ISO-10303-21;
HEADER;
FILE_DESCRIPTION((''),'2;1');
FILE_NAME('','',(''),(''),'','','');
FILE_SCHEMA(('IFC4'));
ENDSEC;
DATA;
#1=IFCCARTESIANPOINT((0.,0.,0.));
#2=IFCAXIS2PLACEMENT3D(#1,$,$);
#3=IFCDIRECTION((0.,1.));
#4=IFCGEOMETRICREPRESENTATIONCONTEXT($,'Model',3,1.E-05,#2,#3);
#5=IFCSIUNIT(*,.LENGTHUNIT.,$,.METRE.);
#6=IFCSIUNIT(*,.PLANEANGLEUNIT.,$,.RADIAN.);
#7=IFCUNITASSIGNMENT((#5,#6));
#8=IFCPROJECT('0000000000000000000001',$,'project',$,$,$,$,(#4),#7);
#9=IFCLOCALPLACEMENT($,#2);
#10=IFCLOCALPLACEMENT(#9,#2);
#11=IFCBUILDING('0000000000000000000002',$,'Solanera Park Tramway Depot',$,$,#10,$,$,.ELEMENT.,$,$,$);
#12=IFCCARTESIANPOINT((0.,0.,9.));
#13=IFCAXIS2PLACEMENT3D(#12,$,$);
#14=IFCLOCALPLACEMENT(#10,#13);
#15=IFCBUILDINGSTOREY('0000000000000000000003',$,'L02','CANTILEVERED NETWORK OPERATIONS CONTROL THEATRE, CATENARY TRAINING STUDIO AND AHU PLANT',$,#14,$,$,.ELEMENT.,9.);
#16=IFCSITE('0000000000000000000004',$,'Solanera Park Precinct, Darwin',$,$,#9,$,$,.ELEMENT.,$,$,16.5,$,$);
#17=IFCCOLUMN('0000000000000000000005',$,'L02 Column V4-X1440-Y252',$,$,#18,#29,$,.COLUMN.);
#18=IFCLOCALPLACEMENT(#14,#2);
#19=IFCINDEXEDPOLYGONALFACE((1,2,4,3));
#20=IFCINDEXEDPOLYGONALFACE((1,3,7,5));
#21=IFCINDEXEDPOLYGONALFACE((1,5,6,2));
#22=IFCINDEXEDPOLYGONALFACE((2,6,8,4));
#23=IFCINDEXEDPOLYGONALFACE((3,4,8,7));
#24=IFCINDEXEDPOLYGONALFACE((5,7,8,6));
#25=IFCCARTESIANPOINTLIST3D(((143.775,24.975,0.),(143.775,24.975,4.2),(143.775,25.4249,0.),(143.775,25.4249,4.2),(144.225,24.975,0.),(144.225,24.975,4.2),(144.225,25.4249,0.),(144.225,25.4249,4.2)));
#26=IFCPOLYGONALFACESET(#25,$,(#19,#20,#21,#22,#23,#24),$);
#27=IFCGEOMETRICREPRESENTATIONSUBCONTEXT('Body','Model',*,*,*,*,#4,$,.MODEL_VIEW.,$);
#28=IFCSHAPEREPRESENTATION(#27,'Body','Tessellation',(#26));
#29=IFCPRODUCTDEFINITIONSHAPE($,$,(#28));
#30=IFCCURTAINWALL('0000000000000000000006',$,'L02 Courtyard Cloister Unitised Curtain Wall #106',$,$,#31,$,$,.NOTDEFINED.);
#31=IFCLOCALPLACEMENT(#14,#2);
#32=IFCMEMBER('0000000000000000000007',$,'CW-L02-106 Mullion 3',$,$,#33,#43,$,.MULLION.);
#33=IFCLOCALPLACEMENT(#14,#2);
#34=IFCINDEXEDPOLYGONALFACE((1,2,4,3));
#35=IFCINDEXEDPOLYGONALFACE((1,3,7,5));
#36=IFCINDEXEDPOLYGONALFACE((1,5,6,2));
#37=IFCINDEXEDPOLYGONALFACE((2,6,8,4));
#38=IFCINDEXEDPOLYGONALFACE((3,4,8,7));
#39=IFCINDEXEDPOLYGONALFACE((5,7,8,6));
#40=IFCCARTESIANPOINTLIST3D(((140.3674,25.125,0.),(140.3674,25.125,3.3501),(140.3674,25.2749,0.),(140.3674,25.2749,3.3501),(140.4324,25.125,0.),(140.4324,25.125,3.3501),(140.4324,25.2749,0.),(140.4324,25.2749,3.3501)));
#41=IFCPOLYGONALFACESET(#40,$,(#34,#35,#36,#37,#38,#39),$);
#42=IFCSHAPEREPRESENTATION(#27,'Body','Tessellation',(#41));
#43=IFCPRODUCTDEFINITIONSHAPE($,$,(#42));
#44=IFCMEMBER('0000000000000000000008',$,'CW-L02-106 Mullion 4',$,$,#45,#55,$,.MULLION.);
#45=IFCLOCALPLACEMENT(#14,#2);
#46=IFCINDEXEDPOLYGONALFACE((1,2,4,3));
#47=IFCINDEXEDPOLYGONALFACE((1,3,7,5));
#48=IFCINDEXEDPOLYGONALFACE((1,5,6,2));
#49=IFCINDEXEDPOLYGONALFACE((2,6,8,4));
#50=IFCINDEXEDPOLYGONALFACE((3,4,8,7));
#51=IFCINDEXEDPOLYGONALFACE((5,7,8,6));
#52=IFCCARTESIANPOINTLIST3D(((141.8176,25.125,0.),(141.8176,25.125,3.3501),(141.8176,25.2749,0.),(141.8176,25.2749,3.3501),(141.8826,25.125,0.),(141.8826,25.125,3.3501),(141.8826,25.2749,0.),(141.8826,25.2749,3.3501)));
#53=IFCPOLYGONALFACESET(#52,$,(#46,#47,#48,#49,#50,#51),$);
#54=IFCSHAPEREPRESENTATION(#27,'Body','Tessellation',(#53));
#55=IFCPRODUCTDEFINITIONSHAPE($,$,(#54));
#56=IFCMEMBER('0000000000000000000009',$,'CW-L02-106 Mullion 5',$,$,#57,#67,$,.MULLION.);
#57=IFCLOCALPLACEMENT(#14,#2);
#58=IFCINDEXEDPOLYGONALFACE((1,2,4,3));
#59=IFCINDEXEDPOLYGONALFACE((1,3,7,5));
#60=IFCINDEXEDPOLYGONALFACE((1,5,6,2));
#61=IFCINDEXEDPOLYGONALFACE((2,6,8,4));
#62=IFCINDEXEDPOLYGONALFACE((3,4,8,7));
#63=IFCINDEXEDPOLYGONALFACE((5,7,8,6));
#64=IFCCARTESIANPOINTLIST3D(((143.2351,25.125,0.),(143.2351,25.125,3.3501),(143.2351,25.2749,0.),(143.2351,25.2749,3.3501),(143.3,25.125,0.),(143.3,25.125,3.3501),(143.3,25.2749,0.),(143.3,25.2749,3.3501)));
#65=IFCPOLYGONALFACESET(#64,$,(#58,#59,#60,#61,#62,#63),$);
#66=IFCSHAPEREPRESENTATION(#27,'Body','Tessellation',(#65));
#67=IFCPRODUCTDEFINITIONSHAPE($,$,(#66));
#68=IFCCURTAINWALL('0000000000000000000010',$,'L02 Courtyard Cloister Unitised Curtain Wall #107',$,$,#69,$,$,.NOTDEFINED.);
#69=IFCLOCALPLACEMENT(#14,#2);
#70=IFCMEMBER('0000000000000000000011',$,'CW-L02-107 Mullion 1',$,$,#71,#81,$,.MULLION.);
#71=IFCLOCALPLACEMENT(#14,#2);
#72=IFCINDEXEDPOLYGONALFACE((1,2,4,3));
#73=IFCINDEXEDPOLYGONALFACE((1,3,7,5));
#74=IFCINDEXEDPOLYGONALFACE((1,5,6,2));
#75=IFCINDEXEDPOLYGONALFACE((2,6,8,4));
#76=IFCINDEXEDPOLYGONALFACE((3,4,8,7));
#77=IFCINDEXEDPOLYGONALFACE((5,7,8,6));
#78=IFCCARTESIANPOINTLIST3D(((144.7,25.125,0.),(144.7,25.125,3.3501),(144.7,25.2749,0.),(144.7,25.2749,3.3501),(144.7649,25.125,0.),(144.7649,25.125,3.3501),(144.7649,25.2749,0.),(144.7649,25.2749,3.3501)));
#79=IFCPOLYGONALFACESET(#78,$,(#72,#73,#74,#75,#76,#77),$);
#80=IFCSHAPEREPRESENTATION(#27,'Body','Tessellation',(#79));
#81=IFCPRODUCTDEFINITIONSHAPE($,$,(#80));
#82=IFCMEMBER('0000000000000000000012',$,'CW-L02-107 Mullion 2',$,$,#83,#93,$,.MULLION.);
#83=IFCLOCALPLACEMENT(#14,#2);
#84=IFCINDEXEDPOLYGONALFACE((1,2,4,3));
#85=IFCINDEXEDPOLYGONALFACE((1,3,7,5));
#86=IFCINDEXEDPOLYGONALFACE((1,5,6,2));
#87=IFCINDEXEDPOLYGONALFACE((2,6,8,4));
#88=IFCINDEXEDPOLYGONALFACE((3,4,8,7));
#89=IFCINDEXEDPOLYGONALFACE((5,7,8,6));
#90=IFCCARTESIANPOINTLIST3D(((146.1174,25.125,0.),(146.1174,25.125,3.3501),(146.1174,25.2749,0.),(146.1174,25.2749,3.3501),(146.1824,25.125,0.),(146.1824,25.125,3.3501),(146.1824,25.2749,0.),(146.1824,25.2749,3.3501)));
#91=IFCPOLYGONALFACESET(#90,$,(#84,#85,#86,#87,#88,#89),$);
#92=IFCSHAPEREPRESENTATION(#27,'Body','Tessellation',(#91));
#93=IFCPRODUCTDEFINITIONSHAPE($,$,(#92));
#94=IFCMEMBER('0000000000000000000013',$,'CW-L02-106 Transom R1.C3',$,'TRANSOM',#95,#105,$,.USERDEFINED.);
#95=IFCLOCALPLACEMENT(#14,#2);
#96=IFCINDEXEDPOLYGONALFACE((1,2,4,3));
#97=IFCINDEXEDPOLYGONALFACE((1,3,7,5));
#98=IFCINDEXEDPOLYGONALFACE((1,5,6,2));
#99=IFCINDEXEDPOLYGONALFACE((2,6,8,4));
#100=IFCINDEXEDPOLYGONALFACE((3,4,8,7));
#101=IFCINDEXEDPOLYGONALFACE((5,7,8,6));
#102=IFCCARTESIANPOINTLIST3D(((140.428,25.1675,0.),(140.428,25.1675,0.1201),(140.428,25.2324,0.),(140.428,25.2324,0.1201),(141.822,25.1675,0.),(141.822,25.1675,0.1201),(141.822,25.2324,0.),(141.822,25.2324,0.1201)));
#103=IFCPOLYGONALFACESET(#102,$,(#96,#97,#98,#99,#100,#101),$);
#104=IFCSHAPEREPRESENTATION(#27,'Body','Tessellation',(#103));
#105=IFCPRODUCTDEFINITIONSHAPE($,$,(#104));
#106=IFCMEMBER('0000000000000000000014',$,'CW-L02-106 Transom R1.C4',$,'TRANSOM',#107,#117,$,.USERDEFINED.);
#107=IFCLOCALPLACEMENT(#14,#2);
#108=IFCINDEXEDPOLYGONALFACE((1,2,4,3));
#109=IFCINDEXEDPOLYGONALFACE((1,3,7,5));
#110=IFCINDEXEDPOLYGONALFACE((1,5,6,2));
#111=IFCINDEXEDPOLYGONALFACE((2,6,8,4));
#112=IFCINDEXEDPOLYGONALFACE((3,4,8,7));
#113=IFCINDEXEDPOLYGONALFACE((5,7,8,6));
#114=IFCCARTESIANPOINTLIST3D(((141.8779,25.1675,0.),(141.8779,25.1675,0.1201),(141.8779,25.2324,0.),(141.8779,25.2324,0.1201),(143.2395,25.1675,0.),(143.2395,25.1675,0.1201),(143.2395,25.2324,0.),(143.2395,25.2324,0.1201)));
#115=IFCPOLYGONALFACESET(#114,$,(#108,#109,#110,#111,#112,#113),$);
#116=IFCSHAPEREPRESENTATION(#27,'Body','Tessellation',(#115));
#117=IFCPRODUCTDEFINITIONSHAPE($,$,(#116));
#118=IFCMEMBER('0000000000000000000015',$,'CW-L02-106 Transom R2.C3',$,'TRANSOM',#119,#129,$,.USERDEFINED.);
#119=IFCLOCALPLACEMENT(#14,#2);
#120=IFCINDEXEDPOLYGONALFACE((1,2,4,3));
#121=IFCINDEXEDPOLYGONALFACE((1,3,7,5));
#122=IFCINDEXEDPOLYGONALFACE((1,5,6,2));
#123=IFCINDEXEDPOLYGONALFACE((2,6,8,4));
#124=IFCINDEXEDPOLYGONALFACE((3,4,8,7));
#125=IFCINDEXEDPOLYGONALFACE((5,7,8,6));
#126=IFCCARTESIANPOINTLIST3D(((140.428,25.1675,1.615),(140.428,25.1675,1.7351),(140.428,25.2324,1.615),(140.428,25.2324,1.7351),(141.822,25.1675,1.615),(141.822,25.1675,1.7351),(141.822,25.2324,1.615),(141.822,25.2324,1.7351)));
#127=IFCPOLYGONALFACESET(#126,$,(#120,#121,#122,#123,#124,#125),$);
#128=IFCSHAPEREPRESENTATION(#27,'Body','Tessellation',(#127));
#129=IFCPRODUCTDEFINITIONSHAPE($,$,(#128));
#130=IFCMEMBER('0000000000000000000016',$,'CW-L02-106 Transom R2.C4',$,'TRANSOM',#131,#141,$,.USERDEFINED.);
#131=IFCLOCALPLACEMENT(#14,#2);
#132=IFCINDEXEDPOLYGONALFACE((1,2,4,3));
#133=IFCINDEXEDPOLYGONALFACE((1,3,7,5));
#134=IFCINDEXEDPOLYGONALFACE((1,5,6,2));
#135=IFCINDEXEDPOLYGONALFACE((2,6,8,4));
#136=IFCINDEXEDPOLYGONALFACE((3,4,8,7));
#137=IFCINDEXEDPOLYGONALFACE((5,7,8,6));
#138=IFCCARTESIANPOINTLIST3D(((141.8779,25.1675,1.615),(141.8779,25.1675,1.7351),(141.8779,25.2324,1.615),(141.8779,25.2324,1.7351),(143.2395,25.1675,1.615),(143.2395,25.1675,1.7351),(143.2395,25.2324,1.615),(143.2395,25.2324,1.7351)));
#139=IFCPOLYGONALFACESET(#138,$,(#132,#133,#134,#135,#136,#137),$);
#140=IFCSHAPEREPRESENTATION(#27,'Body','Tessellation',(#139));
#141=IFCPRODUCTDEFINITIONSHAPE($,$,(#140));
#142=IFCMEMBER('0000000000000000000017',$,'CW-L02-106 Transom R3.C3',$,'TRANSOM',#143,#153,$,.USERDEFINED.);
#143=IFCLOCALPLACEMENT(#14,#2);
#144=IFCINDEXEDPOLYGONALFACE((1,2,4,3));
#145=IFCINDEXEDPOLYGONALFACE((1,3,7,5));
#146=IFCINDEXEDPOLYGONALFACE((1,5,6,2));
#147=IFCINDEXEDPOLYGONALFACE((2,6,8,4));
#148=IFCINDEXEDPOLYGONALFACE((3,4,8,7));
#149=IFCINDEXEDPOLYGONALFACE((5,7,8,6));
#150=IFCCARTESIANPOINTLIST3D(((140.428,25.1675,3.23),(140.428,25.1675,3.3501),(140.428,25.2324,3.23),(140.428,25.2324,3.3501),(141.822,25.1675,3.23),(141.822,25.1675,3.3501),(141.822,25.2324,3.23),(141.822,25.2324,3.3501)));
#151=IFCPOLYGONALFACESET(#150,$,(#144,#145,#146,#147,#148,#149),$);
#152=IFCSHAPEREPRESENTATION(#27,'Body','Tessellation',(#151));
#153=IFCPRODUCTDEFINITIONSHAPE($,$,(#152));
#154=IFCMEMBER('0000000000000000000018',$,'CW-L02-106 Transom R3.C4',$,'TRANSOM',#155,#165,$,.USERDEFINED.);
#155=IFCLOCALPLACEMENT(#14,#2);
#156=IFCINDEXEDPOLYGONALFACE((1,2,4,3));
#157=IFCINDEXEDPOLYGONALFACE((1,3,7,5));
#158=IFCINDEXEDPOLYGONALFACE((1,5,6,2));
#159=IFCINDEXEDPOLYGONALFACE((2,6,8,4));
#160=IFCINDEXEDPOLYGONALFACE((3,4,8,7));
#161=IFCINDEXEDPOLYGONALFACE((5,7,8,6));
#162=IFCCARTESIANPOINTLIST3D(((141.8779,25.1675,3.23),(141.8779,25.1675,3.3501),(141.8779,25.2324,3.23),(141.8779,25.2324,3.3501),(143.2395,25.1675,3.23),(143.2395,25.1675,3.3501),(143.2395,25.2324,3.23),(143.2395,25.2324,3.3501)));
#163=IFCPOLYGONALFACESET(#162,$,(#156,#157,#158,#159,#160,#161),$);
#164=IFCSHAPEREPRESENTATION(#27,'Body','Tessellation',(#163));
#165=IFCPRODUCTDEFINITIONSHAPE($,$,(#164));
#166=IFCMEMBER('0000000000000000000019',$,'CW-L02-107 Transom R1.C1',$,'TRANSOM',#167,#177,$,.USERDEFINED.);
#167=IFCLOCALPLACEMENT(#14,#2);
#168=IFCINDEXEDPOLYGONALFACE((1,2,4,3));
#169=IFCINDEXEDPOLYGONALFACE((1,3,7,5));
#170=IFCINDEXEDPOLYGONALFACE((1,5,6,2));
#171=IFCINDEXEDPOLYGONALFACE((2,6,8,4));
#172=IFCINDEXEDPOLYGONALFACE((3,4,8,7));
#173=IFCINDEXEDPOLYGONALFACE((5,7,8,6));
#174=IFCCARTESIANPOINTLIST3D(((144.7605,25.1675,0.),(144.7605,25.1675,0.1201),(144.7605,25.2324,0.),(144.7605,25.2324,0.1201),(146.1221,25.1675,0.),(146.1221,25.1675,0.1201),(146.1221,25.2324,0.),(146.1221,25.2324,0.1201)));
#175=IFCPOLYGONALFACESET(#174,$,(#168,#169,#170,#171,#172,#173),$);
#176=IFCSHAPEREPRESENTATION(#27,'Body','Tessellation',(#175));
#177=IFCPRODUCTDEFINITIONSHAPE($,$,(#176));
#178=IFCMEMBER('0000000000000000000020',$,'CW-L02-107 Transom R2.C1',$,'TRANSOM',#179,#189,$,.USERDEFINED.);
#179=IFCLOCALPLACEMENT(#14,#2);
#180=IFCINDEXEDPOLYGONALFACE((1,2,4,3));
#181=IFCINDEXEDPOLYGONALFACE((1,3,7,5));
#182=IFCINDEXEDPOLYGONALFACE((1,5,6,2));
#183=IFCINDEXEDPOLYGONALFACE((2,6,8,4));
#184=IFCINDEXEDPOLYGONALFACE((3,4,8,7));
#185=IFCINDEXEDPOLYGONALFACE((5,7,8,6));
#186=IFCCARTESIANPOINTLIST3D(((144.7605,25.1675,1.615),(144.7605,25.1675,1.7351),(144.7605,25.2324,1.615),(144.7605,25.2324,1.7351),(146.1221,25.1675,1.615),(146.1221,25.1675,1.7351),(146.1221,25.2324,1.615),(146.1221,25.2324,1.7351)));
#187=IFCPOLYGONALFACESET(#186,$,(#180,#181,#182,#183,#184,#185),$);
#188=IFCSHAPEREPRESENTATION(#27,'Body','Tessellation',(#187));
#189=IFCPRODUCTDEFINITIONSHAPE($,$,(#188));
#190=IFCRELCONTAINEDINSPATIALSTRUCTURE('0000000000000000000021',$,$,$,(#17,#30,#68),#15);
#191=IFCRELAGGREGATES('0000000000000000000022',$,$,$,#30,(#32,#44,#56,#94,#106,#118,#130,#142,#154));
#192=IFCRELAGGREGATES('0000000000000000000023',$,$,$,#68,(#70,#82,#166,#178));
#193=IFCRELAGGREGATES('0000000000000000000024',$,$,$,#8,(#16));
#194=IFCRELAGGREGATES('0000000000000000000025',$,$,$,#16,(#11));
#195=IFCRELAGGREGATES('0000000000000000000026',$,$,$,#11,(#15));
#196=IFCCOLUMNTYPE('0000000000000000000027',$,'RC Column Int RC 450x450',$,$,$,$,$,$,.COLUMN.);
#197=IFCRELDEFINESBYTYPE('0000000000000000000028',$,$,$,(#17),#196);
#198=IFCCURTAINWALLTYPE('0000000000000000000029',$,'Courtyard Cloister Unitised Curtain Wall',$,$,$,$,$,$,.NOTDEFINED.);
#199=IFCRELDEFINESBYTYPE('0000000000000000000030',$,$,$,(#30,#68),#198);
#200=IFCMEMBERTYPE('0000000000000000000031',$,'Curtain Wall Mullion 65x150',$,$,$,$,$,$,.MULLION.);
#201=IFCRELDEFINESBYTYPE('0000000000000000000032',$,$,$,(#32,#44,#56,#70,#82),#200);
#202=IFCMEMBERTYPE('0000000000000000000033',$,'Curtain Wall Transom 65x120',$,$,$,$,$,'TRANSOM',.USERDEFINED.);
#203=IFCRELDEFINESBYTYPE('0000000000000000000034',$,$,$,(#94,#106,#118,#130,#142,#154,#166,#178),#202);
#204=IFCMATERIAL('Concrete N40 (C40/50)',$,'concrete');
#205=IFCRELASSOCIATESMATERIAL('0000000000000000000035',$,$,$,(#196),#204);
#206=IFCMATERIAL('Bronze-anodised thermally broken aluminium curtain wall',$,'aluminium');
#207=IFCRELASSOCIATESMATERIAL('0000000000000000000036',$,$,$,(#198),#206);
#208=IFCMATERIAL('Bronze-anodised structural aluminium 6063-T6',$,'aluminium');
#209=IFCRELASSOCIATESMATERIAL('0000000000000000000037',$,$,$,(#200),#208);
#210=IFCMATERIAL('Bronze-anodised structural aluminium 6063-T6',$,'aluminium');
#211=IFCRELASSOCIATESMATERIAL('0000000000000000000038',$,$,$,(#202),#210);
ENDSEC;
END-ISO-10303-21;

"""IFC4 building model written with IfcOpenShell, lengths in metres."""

from ifc_helpers import new_model, si_unit, direction, frame, origin, origin_2d, place, context, subcontext, project, spatial, rectangle, extrude, material, material_profile, profile_set, type_object, element, aggregate, save


model = new_model("IFC4")

# Units and contexts
model_context = context("Model", 3, precision=1e-05, world=origin(), true_north=direction((0.0, 1.0)))
body_context = subcontext(model_context, "Body", "Model", "MODEL_VIEW")
ifc_project = project(units=[si_unit("LENGTHUNIT", "METRE"), si_unit("PLANEANGLEUNIT", "RADIAN")], contexts=[model_context])

# Site, building, storey
site_placement = place(None, origin())
site = spatial("IfcSite", under=ifc_project, at=site_placement, Name="Solanera Park Precinct, Darwin", CompositionType="ELEMENT", RefElevation=16.5)
building_placement = place(site_placement, origin())
building = spatial("IfcBuilding", under=site, at=building_placement, Name="Solanera Park Tramway Depot", CompositionType="ELEMENT")
storey_placement = place(building_placement, frame((0.0, 0.0, 9.0)))
storey = spatial("IfcBuildingStorey", under=building, at=storey_placement, Name="L02", Description="CANTILEVERED NETWORK OPERATIONS CONTROL THEATRE, CATENARY TRAINING STUDIO AND AHU PLANT", CompositionType="ELEMENT", Elevation=9.0)

# Column
ifc_material_1 = material(Name="Concrete N40 (C40/50)", Category="concrete")
ifc_material_profile_1 = material_profile(ifc_material_1, rectangle(XDim=0.45, YDim=0.45, at=origin_2d()), Name="RC 450x450")
ifc_profile_set_1 = profile_set([ifc_material_profile_1], Name="Concrete N40 (C40/50)")
column_type = type_object("IfcColumnType", Name="RC Column Int RC 450x450", PredefinedType="COLUMN", material=ifc_profile_set_1)
column_placement = place(storey_placement, frame((144.0, 25.2, 0.0), z_axis=(0.0, 0.0, 1.0), x_axis=(1.0, 0.0, 0.0)))
element("IfcColumn", 1, at=column_placement, inside=storey, type_object=column_type, Name="L02 Column V4-X1440-Y252", PredefinedType="COLUMN", context=body_context, shape_type="SweptSolid", body=[
    extrude(rectangle(XDim=0.45, YDim=0.45, at=origin_2d()), origin(), (0.0, 0.0, 1.0), 4.2),
])

# Curtain walls, members
ifc_material_2 = material(Name="Bronze-anodised thermally broken aluminium curtain wall", Category="aluminium")
curtain_wall_type = type_object("IfcCurtainWallType", Name="Courtyard Cloister Unitised Curtain Wall", PredefinedType="NOTDEFINED", material=ifc_material_2)
curtain_wall_1_placement = place(storey_placement, origin())
curtain_wall_1 = element("IfcCurtainWall", 2, at=curtain_wall_1_placement, inside=storey, type_object=curtain_wall_type, Name="L02 Courtyard Cloister Unitised Curtain Wall #106", PredefinedType="NOTDEFINED")
ifc_material_3 = material(Name="Bronze-anodised structural aluminium 6063-T6", Category="aluminium")
ifc_material_profile_2 = material_profile(ifc_material_3, rectangle(XDim=0.0649, YDim=0.1499, at=origin_2d()), Name="Curtain Wall Mullion 65x150")
ifc_profile_set_2 = profile_set([ifc_material_profile_2], Name="Bronze-anodised structural aluminium 6063-T6")
member_type_1 = type_object("IfcMemberType", Name="Curtain Wall Mullion 65x150", PredefinedType="MULLION", material=ifc_profile_set_2)
member_1_placement = place(storey_placement, frame((140.3999, 25.2, 0.0), z_axis=(0.0, 0.0, 1.0), x_axis=(1.0, 0.0, 0.0)))
member_1 = element("IfcMember", 3, at=member_1_placement, type_object=member_type_1, Name="CW-L02-106 Mullion 3", PredefinedType="MULLION", context=body_context, shape_type="SweptSolid", body=[
    extrude(rectangle(XDim=0.0649, YDim=0.1499, at=origin_2d()), origin(), (0.0, 0.0, 1.0), 3.3501),
])
member_2_placement = place(storey_placement, frame((141.8501, 25.2, 0.0), z_axis=(0.0, 0.0, 1.0), x_axis=(1.0, 0.0, 0.0)))
member_2 = element("IfcMember", 4, at=member_2_placement, type_object=member_type_1, Name="CW-L02-106 Mullion 4", PredefinedType="MULLION", context=body_context, shape_type="SweptSolid", body=[
    extrude(rectangle(XDim=0.0649, YDim=0.1499, at=origin_2d()), origin(), (0.0, 0.0, 1.0), 3.3501),
])
member_3_placement = place(storey_placement, frame((143.2676, 25.2, 0.0), z_axis=(0.0, 0.0, 1.0), x_axis=(1.0, 0.0, 0.0)))
member_3 = element("IfcMember", 5, at=member_3_placement, type_object=member_type_1, Name="CW-L02-106 Mullion 5", PredefinedType="MULLION", context=body_context, shape_type="SweptSolid", body=[
    extrude(rectangle(XDim=0.0649, YDim=0.1499, at=origin_2d()), origin(), (0.0, 0.0, 1.0), 3.3501),
])
curtain_wall_2_placement = place(storey_placement, origin())
curtain_wall_2 = element("IfcCurtainWall", 6, at=curtain_wall_2_placement, inside=storey, type_object=curtain_wall_type, Name="L02 Courtyard Cloister Unitised Curtain Wall #107", PredefinedType="NOTDEFINED")
member_4_placement = place(storey_placement, frame((144.7324, 25.2, 0.0), z_axis=(0.0, 0.0, 1.0), x_axis=(1.0, 0.0, 0.0)))
member_4 = element("IfcMember", 7, at=member_4_placement, type_object=member_type_1, Name="CW-L02-107 Mullion 1", PredefinedType="MULLION", context=body_context, shape_type="SweptSolid", body=[
    extrude(rectangle(XDim=0.0649, YDim=0.1499, at=origin_2d()), origin(), (0.0, 0.0, 1.0), 3.3501),
])
member_5_placement = place(storey_placement, frame((146.1499, 25.2, 0.0), z_axis=(0.0, 0.0, 1.0), x_axis=(1.0, 0.0, 0.0)))
member_5 = element("IfcMember", 8, at=member_5_placement, type_object=member_type_1, Name="CW-L02-107 Mullion 2", PredefinedType="MULLION", context=body_context, shape_type="SweptSolid", body=[
    extrude(rectangle(XDim=0.0649, YDim=0.1499, at=origin_2d()), origin(), (0.0, 0.0, 1.0), 3.3501),
])

# Members
ifc_material_4 = material(Name="Bronze-anodised structural aluminium 6063-T6", Category="aluminium")
ifc_material_profile_3 = material_profile(ifc_material_4, rectangle(XDim=0.0649, YDim=0.1201, at=origin_2d()), Name="Curtain Wall Transom 65x120")
ifc_profile_set_3 = profile_set([ifc_material_profile_3], Name="Bronze-anodised structural aluminium 6063-T6")
member_type_2 = type_object("IfcMemberType", Name="Curtain Wall Transom 65x120", ElementType="TRANSOM", PredefinedType="USERDEFINED", material=ifc_profile_set_3)
member_6_placement = place(storey_placement, frame((140.428, 25.2, 0.0601), z_axis=(1.0, 0.0, 0.0), x_axis=(0.0, 1.0, 0.0)))
member_6 = element("IfcMember", 9, at=member_6_placement, type_object=member_type_2, Name="CW-L02-106 Transom R1.C3", ObjectType="TRANSOM", PredefinedType="USERDEFINED", context=body_context, shape_type="SweptSolid", body=[
    extrude(rectangle(XDim=0.0649, YDim=0.1201, at=origin_2d()), origin(), (0.0, 0.0, 1.0), 1.394),
])
member_7_placement = place(storey_placement, frame((141.8779, 25.2, 0.0601), z_axis=(1.0, 0.0, 0.0), x_axis=(0.0, 1.0, 0.0)))
member_7 = element("IfcMember", 10, at=member_7_placement, type_object=member_type_2, Name="CW-L02-106 Transom R1.C4", ObjectType="TRANSOM", PredefinedType="USERDEFINED", context=body_context, shape_type="SweptSolid", body=[
    extrude(rectangle(XDim=0.0649, YDim=0.1201, at=origin_2d()), origin(), (0.0, 0.0, 1.0), 1.3616),
])
member_8_placement = place(storey_placement, frame((140.428, 25.2, 1.675), z_axis=(1.0, 0.0, 0.0), x_axis=(0.0, 1.0, 0.0)))
member_8 = element("IfcMember", 11, at=member_8_placement, type_object=member_type_2, Name="CW-L02-106 Transom R2.C3", ObjectType="TRANSOM", PredefinedType="USERDEFINED", context=body_context, shape_type="SweptSolid", body=[
    extrude(rectangle(XDim=0.0649, YDim=0.1201, at=origin_2d()), origin(), (0.0, 0.0, 1.0), 1.394),
])
member_9_placement = place(storey_placement, frame((141.8779, 25.2, 1.675), z_axis=(1.0, 0.0, 0.0), x_axis=(0.0, 1.0, 0.0)))
member_9 = element("IfcMember", 12, at=member_9_placement, type_object=member_type_2, Name="CW-L02-106 Transom R2.C4", ObjectType="TRANSOM", PredefinedType="USERDEFINED", context=body_context, shape_type="SweptSolid", body=[
    extrude(rectangle(XDim=0.0649, YDim=0.1201, at=origin_2d()), origin(), (0.0, 0.0, 1.0), 1.3616),
])
member_10_placement = place(storey_placement, frame((140.428, 25.2, 3.29), z_axis=(1.0, 0.0, 0.0), x_axis=(0.0, 1.0, 0.0)))
member_10 = element("IfcMember", 13, at=member_10_placement, type_object=member_type_2, Name="CW-L02-106 Transom R3.C3", ObjectType="TRANSOM", PredefinedType="USERDEFINED", context=body_context, shape_type="SweptSolid", body=[
    extrude(rectangle(XDim=0.0649, YDim=0.1201, at=origin_2d()), origin(), (0.0, 0.0, 1.0), 1.394),
])
member_11_placement = place(storey_placement, frame((141.8779, 25.2, 3.29), z_axis=(1.0, 0.0, 0.0), x_axis=(0.0, 1.0, 0.0)))
member_11 = element("IfcMember", 14, at=member_11_placement, type_object=member_type_2, Name="CW-L02-106 Transom R3.C4", ObjectType="TRANSOM", PredefinedType="USERDEFINED", context=body_context, shape_type="SweptSolid", body=[
    extrude(rectangle(XDim=0.0649, YDim=0.1201, at=origin_2d()), origin(), (0.0, 0.0, 1.0), 1.3616),
])
member_12_placement = place(storey_placement, frame((144.7605, 25.2, 0.0601), z_axis=(1.0, 0.0, 0.0), x_axis=(0.0, 1.0, 0.0)))
member_12 = element("IfcMember", 15, at=member_12_placement, type_object=member_type_2, Name="CW-L02-107 Transom R1.C1", ObjectType="TRANSOM", PredefinedType="USERDEFINED", context=body_context, shape_type="SweptSolid", body=[
    extrude(rectangle(XDim=0.0649, YDim=0.1201, at=origin_2d()), origin(), (0.0, 0.0, 1.0), 1.3616),
])
member_13_placement = place(storey_placement, frame((144.7605, 25.2, 1.675), z_axis=(1.0, 0.0, 0.0), x_axis=(0.0, 1.0, 0.0)))
member_13 = element("IfcMember", 16, at=member_13_placement, type_object=member_type_2, Name="CW-L02-107 Transom R2.C1", ObjectType="TRANSOM", PredefinedType="USERDEFINED", context=body_context, shape_type="SweptSolid", body=[
    extrude(rectangle(XDim=0.0649, YDim=0.1201, at=origin_2d()), origin(), (0.0, 0.0, 1.0), 1.3616),
])

aggregate(curtain_wall_1, [member_1, member_2, member_3, member_6, member_7, member_8, member_9, member_10, member_11])
aggregate(curtain_wall_2, [member_4, member_5, member_12, member_13])

save(model, "model.ifc")
